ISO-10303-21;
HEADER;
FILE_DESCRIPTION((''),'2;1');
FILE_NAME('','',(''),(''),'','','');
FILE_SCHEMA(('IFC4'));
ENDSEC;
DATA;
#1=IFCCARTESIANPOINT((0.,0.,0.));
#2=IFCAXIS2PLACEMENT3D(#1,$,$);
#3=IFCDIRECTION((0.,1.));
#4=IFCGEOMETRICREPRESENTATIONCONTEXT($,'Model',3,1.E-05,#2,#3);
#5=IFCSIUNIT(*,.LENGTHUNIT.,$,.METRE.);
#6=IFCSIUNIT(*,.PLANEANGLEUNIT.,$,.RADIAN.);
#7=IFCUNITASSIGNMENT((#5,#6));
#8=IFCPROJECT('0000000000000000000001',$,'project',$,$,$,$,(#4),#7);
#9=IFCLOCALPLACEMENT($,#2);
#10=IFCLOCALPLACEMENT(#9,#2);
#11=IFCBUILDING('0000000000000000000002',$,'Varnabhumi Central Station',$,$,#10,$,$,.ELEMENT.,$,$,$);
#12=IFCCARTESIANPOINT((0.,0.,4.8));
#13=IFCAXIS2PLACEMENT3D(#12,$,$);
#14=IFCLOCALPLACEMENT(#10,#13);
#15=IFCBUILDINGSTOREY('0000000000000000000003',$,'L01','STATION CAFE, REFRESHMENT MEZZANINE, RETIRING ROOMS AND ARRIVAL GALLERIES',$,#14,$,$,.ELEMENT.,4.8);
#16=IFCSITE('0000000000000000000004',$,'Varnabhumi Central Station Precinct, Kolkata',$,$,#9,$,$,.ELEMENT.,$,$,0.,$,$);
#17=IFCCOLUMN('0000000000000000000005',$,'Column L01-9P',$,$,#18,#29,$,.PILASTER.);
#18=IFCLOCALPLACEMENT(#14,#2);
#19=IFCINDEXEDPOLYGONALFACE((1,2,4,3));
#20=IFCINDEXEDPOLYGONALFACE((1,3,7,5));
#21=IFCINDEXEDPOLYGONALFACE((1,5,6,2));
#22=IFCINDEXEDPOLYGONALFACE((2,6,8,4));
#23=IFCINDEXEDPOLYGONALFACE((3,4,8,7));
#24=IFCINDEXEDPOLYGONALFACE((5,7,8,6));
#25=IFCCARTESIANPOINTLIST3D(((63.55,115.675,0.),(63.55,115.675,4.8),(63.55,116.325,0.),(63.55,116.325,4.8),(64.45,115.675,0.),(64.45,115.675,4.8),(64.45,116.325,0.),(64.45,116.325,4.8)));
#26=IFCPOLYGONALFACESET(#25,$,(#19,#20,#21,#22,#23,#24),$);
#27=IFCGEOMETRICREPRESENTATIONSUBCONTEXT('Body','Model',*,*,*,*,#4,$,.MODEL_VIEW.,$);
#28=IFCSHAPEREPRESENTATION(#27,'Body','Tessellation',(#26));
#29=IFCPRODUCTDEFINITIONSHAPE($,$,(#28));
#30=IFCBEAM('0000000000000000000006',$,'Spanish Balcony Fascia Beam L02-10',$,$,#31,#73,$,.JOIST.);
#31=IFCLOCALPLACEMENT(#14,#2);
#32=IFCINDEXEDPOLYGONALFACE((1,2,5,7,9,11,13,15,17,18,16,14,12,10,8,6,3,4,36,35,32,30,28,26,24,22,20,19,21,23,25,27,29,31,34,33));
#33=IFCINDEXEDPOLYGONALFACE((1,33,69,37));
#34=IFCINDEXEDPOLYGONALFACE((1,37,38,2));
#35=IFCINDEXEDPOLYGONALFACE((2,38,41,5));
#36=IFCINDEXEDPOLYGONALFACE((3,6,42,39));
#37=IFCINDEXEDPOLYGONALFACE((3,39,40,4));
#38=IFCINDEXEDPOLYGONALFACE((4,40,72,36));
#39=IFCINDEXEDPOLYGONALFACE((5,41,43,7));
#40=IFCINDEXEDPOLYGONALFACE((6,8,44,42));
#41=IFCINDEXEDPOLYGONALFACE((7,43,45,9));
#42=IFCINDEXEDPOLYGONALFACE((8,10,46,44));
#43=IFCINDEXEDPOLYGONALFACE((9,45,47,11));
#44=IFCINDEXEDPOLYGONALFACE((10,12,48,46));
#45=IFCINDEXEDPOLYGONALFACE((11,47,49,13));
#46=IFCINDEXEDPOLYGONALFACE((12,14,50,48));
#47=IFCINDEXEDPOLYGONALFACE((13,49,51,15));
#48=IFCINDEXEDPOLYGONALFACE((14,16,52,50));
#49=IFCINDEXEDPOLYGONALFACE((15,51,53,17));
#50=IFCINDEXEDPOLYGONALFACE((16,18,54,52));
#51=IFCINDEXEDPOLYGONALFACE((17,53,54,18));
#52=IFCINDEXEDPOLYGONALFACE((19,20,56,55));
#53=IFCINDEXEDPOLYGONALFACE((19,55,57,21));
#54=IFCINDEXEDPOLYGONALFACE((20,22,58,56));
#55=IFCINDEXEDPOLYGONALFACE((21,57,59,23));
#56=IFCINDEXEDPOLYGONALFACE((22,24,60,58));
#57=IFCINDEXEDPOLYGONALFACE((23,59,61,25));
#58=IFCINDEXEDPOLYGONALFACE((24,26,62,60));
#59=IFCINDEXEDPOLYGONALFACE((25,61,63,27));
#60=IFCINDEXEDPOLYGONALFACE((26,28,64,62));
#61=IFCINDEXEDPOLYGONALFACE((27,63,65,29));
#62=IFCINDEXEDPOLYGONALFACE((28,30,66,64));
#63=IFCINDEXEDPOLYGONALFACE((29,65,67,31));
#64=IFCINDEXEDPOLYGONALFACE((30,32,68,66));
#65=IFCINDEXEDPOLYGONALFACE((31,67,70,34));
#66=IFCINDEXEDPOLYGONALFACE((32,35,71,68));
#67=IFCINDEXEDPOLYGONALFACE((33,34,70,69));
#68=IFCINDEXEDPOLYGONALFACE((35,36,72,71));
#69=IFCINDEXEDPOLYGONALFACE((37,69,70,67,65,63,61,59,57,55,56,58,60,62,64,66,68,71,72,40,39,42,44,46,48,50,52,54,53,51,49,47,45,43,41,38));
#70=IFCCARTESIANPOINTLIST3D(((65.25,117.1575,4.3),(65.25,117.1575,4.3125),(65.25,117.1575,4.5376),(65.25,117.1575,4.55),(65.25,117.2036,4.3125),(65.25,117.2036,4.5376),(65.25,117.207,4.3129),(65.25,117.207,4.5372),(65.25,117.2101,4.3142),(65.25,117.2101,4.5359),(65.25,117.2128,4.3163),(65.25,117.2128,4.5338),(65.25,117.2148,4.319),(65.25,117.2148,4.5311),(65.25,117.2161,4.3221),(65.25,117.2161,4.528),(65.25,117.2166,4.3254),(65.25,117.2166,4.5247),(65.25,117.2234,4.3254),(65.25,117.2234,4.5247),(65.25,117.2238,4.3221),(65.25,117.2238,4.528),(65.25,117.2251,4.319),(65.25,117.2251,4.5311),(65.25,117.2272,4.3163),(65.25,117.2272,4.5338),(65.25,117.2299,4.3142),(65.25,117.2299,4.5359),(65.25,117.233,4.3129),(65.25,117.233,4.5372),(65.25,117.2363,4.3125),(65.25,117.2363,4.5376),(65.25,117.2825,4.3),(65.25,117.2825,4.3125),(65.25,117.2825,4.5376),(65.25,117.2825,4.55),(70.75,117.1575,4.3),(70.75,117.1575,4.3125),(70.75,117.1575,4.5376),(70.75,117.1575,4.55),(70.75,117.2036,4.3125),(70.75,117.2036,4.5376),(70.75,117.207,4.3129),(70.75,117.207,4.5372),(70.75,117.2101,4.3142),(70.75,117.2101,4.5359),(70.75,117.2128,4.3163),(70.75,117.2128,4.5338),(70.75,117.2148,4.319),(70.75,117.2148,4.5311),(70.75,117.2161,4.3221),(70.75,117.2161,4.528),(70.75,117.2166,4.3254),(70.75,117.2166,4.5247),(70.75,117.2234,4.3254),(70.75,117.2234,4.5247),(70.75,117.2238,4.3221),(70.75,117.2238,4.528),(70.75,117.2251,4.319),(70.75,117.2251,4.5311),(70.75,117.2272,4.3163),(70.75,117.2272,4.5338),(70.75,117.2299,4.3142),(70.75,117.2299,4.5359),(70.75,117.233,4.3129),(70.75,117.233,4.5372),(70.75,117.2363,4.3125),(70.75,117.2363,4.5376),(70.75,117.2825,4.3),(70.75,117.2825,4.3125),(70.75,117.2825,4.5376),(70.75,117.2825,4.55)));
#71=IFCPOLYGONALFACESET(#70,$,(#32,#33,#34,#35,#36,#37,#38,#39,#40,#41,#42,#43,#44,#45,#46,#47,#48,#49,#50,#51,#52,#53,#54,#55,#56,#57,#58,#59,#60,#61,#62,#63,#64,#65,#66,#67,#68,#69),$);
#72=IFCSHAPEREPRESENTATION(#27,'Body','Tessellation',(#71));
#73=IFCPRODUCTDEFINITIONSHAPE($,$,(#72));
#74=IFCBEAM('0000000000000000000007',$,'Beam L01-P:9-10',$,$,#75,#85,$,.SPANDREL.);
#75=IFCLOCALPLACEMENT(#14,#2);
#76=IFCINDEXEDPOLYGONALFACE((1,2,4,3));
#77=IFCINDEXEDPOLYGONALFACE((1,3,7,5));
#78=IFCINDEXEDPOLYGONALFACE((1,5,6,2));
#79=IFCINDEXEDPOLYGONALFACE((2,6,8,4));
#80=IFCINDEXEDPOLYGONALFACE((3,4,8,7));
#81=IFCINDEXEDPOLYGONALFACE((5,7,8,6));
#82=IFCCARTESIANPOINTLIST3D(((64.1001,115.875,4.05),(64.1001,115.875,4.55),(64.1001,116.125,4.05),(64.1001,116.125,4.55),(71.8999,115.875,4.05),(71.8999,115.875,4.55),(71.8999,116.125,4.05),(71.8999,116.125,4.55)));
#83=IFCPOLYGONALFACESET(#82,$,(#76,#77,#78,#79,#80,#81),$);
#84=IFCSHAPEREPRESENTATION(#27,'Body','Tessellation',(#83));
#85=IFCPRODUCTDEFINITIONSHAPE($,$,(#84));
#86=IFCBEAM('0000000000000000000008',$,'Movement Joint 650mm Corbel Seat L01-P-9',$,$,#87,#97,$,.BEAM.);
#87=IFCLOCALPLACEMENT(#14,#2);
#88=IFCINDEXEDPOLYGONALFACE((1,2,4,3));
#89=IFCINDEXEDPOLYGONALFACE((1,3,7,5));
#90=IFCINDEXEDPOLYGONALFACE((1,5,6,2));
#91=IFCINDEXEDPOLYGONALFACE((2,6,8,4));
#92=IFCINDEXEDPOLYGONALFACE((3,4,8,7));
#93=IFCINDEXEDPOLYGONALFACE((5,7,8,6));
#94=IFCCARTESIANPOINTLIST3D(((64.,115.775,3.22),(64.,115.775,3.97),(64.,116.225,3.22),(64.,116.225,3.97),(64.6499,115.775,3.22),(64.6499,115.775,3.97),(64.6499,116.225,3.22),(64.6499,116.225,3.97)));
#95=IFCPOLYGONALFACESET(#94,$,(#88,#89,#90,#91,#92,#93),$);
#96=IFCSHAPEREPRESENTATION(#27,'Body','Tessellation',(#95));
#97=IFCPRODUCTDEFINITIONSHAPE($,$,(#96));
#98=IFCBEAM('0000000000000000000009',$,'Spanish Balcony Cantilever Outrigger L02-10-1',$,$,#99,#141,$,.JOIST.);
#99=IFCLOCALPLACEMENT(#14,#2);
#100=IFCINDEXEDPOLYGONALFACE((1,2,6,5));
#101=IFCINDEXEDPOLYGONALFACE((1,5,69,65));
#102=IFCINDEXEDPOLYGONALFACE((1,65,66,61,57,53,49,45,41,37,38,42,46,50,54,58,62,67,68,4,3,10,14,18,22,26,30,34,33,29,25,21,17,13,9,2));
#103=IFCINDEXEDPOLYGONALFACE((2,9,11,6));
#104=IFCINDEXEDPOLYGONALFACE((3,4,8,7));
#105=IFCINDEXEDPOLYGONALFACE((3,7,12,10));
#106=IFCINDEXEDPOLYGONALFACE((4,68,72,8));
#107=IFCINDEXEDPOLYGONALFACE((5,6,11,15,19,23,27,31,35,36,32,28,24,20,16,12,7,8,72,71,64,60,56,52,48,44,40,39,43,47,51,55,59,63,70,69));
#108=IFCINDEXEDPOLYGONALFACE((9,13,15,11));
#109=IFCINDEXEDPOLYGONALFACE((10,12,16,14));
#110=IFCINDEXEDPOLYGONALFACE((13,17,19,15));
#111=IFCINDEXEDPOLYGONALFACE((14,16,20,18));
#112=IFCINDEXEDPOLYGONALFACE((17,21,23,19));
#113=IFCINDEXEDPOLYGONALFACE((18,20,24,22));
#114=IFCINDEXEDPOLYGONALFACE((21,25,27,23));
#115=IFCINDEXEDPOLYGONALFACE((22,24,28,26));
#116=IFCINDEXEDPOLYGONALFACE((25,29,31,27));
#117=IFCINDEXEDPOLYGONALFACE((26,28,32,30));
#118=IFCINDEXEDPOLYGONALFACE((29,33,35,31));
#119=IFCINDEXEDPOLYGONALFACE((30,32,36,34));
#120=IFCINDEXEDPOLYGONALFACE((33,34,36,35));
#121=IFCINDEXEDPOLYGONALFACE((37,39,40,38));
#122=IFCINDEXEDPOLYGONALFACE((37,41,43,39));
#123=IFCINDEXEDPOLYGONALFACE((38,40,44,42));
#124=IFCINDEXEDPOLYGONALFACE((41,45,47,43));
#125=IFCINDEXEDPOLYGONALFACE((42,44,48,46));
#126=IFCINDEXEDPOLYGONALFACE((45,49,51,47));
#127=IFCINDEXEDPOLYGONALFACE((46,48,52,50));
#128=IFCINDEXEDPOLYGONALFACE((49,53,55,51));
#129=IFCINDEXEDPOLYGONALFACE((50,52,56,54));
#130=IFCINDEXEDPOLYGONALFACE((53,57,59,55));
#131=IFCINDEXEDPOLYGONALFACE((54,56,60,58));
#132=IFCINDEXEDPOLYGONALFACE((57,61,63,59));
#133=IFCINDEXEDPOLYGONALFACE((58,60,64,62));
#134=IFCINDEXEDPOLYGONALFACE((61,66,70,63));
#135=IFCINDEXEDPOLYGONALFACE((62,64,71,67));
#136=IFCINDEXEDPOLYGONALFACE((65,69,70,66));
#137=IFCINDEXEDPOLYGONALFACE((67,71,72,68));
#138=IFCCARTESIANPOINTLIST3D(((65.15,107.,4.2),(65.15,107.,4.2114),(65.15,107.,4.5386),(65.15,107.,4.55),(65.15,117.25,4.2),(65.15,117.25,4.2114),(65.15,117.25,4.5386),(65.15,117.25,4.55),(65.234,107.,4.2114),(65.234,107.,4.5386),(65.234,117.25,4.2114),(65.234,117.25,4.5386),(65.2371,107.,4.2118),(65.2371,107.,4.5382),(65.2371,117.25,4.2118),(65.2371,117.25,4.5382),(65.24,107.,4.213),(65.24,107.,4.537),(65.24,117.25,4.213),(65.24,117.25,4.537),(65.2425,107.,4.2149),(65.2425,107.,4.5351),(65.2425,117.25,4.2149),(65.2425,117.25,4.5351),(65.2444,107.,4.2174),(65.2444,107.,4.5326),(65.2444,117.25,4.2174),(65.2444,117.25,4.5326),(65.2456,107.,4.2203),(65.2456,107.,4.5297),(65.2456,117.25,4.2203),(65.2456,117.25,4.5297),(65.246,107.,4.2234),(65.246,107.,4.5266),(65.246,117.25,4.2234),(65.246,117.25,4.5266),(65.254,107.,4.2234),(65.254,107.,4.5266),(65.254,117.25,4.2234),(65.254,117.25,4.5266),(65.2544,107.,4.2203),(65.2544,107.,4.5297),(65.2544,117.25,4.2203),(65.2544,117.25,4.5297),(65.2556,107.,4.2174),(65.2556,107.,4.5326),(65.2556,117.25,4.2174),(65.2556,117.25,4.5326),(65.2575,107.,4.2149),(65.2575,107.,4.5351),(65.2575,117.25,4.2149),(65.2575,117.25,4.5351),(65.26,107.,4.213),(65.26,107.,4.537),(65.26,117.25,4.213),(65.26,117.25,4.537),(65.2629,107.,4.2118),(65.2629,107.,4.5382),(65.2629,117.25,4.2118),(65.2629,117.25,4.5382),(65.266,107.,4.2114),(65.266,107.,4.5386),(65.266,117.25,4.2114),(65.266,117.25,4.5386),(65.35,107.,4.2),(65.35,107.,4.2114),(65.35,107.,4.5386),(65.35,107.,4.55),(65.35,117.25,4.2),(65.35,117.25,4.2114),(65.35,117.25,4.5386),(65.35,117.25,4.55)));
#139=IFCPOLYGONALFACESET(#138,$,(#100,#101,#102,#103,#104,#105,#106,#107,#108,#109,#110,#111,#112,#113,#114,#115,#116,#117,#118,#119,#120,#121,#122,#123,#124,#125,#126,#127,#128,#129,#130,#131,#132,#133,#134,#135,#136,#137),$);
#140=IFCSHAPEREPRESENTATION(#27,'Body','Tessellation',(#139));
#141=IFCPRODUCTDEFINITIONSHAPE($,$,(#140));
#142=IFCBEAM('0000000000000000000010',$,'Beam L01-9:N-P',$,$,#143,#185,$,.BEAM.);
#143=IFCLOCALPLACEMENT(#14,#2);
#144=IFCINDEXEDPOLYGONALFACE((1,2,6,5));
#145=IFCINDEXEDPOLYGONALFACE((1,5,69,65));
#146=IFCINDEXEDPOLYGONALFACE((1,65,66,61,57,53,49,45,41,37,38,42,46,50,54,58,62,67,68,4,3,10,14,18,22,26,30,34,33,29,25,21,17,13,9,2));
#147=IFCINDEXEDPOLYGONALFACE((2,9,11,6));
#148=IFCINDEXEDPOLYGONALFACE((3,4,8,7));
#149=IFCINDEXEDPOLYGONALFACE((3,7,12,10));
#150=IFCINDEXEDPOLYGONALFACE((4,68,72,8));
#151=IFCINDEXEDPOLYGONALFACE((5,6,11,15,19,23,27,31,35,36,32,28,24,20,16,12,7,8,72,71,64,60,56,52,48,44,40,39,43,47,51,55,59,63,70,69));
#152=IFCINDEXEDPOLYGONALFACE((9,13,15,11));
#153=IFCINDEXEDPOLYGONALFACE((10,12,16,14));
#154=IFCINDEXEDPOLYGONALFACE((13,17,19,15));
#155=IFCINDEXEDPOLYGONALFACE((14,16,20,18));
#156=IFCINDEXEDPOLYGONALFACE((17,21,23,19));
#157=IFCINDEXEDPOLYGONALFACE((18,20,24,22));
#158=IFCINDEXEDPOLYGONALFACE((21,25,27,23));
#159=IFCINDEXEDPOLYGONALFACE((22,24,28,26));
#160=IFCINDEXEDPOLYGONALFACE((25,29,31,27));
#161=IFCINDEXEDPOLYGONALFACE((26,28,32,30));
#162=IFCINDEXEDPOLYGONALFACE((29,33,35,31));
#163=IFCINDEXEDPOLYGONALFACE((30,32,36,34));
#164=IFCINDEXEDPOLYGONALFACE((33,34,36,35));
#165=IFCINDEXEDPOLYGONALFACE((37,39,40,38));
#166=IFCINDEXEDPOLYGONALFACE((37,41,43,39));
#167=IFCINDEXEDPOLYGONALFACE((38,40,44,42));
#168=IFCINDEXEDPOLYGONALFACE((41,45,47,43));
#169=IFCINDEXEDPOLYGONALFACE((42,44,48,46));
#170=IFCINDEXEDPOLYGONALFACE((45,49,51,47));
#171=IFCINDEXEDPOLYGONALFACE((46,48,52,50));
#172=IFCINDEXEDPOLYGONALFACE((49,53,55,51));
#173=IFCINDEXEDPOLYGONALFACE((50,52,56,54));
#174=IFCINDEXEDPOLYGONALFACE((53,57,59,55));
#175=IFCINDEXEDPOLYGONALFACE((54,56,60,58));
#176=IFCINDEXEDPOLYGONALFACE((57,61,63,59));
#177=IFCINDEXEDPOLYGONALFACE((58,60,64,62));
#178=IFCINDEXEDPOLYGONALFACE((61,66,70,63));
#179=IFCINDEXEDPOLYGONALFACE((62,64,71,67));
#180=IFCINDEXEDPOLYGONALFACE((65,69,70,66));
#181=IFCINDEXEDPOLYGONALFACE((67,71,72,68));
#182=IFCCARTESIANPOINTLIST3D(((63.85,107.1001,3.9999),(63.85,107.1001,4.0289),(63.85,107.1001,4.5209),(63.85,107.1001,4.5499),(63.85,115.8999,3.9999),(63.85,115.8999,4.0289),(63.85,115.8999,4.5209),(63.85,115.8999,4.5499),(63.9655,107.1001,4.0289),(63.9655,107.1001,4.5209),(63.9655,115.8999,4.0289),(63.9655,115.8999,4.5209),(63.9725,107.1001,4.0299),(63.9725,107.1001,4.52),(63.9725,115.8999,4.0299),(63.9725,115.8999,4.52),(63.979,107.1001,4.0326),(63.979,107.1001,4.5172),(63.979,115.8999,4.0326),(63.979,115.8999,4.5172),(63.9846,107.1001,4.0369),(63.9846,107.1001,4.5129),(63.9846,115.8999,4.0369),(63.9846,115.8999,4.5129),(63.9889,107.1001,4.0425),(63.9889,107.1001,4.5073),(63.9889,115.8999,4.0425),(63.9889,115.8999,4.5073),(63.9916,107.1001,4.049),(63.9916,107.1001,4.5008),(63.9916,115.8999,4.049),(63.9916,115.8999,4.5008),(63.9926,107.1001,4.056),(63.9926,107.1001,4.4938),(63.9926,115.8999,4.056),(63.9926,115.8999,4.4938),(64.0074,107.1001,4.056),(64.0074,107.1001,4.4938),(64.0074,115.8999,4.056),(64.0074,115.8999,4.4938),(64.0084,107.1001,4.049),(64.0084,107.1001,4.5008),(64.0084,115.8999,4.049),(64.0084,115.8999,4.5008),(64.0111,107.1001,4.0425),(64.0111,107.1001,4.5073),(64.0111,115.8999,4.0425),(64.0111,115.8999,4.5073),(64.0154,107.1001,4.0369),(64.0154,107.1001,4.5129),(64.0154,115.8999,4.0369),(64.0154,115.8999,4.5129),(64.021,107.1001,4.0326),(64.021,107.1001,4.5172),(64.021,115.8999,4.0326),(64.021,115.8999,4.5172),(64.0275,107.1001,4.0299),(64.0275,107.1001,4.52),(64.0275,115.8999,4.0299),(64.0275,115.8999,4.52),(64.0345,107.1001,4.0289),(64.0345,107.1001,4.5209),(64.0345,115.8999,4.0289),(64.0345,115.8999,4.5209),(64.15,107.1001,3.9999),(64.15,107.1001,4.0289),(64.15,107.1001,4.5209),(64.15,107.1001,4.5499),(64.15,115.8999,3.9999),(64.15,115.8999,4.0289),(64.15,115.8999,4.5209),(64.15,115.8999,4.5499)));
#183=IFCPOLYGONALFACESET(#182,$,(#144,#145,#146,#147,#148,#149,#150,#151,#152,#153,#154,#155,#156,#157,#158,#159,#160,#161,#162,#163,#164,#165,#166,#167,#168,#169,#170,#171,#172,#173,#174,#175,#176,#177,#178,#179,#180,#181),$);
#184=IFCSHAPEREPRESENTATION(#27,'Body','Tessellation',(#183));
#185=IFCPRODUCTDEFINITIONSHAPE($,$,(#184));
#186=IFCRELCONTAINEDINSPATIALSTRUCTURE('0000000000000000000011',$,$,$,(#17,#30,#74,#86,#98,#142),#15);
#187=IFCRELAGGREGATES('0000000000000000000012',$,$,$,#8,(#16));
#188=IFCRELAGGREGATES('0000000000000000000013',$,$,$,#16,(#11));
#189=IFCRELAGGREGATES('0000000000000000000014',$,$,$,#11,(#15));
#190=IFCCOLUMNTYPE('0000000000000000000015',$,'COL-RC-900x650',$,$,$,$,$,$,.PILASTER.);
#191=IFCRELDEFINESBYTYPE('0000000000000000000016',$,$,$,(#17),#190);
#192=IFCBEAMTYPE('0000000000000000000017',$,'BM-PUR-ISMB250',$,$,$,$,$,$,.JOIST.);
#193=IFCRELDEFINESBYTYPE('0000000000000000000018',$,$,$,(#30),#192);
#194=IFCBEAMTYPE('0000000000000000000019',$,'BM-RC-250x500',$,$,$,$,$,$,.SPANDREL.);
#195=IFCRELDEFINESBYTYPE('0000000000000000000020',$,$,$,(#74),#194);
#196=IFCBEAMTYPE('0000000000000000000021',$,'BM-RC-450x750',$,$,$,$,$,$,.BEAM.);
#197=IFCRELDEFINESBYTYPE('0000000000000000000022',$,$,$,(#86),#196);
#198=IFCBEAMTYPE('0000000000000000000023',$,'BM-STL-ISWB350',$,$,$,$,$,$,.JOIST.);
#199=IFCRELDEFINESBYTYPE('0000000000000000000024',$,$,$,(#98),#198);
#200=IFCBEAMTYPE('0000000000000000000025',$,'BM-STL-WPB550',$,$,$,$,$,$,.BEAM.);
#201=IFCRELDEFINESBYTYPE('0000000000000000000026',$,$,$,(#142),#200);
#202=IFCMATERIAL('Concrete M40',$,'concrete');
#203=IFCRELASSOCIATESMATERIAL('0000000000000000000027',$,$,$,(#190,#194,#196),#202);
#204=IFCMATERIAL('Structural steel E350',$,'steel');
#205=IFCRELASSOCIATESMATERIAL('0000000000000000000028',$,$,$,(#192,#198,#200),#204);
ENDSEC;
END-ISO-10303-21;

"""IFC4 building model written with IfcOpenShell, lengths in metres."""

from ifc_helpers import new_model, si_unit, direction, frame, origin, origin_2d, place, context, subcontext, project, spatial, rectangle, i_section, extrude, material, material_profile, profile_set, type_object, element, save


model = new_model("IFC4")

# Units and contexts
model_context = context("Model", 3, precision=1e-05, world=origin(), true_north=direction((0.0, 1.0)))
body_context = subcontext(model_context, "Body", "Model", "MODEL_VIEW")
ifc_project = project(units=[si_unit("LENGTHUNIT", "METRE"), si_unit("PLANEANGLEUNIT", "RADIAN")], contexts=[model_context])

# Site, building, storey
site_placement = place(None, origin())
site = spatial("IfcSite", under=ifc_project, at=site_placement, Name="Varnabhumi Central Station Precinct, Kolkata", CompositionType="ELEMENT", RefElevation=0.0)
building_placement = place(site_placement, origin())
building = spatial("IfcBuilding", under=site, at=building_placement, Name="Varnabhumi Central Station", CompositionType="ELEMENT")
storey_placement = place(building_placement, frame((0.0, 0.0, 4.8)))
storey = spatial("IfcBuildingStorey", under=building, at=storey_placement, Name="L01", Description="STATION CAFE, REFRESHMENT MEZZANINE, RETIRING ROOMS AND ARRIVAL GALLERIES", CompositionType="ELEMENT", Elevation=4.8)

# Column
ifc_material_1 = material(Name="Concrete M40", Category="concrete")
ifc_material_profile_1 = material_profile(ifc_material_1, rectangle(XDim=0.8999, YDim=0.6499, at=origin_2d()), Name="Concrete M40", Category="concrete")
ifc_profile_set_1 = profile_set([ifc_material_profile_1], Name="Concrete M40")
column_type = type_object("IfcColumnType", Name="COL-RC-900x650", PredefinedType="PILASTER", material=ifc_profile_set_1)
column_placement = place(storey_placement, frame((64.0, 116.0, 0.0), z_axis=(0.0, 0.0, 1.0), x_axis=(1.0, 0.0, 0.0)))
element("IfcColumn", 1, at=column_placement, inside=storey, type_object=column_type, Name="Column L01-9P", PredefinedType="PILASTER", context=body_context, shape_type="SweptSolid", body=[
    extrude(rectangle(XDim=0.8999, YDim=0.6499, at=origin_2d()), origin(), (0.0, 0.0, 1.0), 4.8),
])

# Beams
ifc_material_2 = material(Name="Structural steel E350", Category="steel")
ifc_material_profile_2 = material_profile(ifc_material_2, i_section(OverallWidth=0.125, OverallDepth=0.25, WebThickness=0.0068, FlangeThickness=0.0125, FilletRadius=0.0129, at=origin_2d()), Name="Structural steel E350", Category="steel")
ifc_profile_set_2 = profile_set([ifc_material_profile_2], Name="Structural steel E350")
beam_type_1 = type_object("IfcBeamType", Name="BM-PUR-ISMB250", PredefinedType="JOIST", material=ifc_profile_set_2)
beam_1_placement = place(storey_placement, frame((65.25, 117.22, 4.425), z_axis=(1.0, 0.0, 0.0), x_axis=(0.0, 1.0, 0.0)))
element("IfcBeam", 2, at=beam_1_placement, inside=storey, type_object=beam_type_1, Name="Spanish Balcony Fascia Beam L02-10", PredefinedType="JOIST", context=body_context, shape_type="SweptSolid", body=[
    extrude(i_section(OverallWidth=0.125, OverallDepth=0.25, WebThickness=0.0068, FlangeThickness=0.0125, FilletRadius=0.0129, at=origin_2d()), origin(), (0.0, 0.0, 1.0), 5.5),
])
ifc_material_profile_3 = material_profile(ifc_material_1, rectangle(XDim=0.25, YDim=0.5, at=origin_2d()), Name="Concrete M40", Category="concrete")
ifc_profile_set_3 = profile_set([ifc_material_profile_3], Name="Concrete M40")
beam_type_2 = type_object("IfcBeamType", Name="BM-RC-250x500", PredefinedType="SPANDREL", material=ifc_profile_set_3)
beam_2_placement = place(storey_placement, frame((64.1001, 116.0, 4.3), z_axis=(1.0, 0.0, 0.0), x_axis=(0.0, 1.0, 0.0)))
element("IfcBeam", 3, at=beam_2_placement, inside=storey, type_object=beam_type_2, Name="Beam L01-P:9-10", PredefinedType="SPANDREL", context=body_context, shape_type="SweptSolid", body=[
    extrude(rectangle(XDim=0.25, YDim=0.5, at=origin_2d()), origin(), (0.0, 0.0, 1.0), 7.7998),
])
ifc_material_profile_4 = material_profile(ifc_material_1, rectangle(XDim=0.45, YDim=0.75, at=origin_2d()), Name="Concrete M40", Category="concrete")
ifc_profile_set_4 = profile_set([ifc_material_profile_4], Name="Concrete M40")
beam_type_3 = type_object("IfcBeamType", Name="BM-RC-450x750", PredefinedType="BEAM", material=ifc_profile_set_4)
beam_3_placement = place(storey_placement, frame((64.0, 116.0, 3.595), z_axis=(1.0, 0.0, 0.0), x_axis=(0.0, 1.0, 0.0)))
element("IfcBeam", 4, at=beam_3_placement, inside=storey, type_object=beam_type_3, Name="Movement Joint 650mm Corbel Seat L01-P-9", PredefinedType="BEAM", context=body_context, shape_type="SweptSolid", body=[
    extrude(rectangle(XDim=0.45, YDim=0.75, at=origin_2d()), origin(), (0.0, 0.0, 1.0), 0.6499),
])
ifc_material_profile_5 = material_profile(ifc_material_2, i_section(OverallWidth=0.2, OverallDepth=0.3501, WebThickness=0.0081, FlangeThickness=0.0115, FilletRadius=0.012, at=origin_2d()), Name="Structural steel E350", Category="steel")
ifc_profile_set_5 = profile_set([ifc_material_profile_5], Name="Structural steel E350")
beam_type_4 = type_object("IfcBeamType", Name="BM-STL-ISWB350", PredefinedType="JOIST", material=ifc_profile_set_5)
beam_4_placement = place(storey_placement, frame((65.25, 107.0, 4.375), z_axis=(0.0, 1.0, 0.0), x_axis=(-1.0, 0.0, 0.0)))
element("IfcBeam", 5, at=beam_4_placement, inside=storey, type_object=beam_type_4, Name="Spanish Balcony Cantilever Outrigger L02-10-1", PredefinedType="JOIST", context=body_context, shape_type="SweptSolid", body=[
    extrude(i_section(OverallWidth=0.2, OverallDepth=0.3501, WebThickness=0.0081, FlangeThickness=0.0115, FilletRadius=0.012, at=origin_2d()), origin(), (0.0, 0.0, 1.0), 10.25),
])
ifc_material_profile_6 = material_profile(ifc_material_2, i_section(OverallWidth=0.3, OverallDepth=0.55, WebThickness=0.0149, FlangeThickness=0.0291, FilletRadius=0.0271, at=origin_2d()), Name="Structural steel E350", Category="steel")
ifc_profile_set_6 = profile_set([ifc_material_profile_6], Name="Structural steel E350")
beam_type_5 = type_object("IfcBeamType", Name="BM-STL-WPB550", PredefinedType="BEAM", material=ifc_profile_set_6)
beam_5_placement = place(storey_placement, frame((64.0, 107.1001, 4.2749), z_axis=(0.0, 1.0, 0.0), x_axis=(-1.0, 0.0, 0.0)))
element("IfcBeam", 6, at=beam_5_placement, inside=storey, type_object=beam_type_5, Name="Beam L01-9:N-P", PredefinedType="BEAM", context=body_context, shape_type="SweptSolid", body=[
    extrude(i_section(OverallWidth=0.3, OverallDepth=0.55, WebThickness=0.0149, FlangeThickness=0.0291, FilletRadius=0.0271, at=origin_2d()), origin(), (0.0, 0.0, 1.0), 8.7998),
])

save(model, "model.ifc")
